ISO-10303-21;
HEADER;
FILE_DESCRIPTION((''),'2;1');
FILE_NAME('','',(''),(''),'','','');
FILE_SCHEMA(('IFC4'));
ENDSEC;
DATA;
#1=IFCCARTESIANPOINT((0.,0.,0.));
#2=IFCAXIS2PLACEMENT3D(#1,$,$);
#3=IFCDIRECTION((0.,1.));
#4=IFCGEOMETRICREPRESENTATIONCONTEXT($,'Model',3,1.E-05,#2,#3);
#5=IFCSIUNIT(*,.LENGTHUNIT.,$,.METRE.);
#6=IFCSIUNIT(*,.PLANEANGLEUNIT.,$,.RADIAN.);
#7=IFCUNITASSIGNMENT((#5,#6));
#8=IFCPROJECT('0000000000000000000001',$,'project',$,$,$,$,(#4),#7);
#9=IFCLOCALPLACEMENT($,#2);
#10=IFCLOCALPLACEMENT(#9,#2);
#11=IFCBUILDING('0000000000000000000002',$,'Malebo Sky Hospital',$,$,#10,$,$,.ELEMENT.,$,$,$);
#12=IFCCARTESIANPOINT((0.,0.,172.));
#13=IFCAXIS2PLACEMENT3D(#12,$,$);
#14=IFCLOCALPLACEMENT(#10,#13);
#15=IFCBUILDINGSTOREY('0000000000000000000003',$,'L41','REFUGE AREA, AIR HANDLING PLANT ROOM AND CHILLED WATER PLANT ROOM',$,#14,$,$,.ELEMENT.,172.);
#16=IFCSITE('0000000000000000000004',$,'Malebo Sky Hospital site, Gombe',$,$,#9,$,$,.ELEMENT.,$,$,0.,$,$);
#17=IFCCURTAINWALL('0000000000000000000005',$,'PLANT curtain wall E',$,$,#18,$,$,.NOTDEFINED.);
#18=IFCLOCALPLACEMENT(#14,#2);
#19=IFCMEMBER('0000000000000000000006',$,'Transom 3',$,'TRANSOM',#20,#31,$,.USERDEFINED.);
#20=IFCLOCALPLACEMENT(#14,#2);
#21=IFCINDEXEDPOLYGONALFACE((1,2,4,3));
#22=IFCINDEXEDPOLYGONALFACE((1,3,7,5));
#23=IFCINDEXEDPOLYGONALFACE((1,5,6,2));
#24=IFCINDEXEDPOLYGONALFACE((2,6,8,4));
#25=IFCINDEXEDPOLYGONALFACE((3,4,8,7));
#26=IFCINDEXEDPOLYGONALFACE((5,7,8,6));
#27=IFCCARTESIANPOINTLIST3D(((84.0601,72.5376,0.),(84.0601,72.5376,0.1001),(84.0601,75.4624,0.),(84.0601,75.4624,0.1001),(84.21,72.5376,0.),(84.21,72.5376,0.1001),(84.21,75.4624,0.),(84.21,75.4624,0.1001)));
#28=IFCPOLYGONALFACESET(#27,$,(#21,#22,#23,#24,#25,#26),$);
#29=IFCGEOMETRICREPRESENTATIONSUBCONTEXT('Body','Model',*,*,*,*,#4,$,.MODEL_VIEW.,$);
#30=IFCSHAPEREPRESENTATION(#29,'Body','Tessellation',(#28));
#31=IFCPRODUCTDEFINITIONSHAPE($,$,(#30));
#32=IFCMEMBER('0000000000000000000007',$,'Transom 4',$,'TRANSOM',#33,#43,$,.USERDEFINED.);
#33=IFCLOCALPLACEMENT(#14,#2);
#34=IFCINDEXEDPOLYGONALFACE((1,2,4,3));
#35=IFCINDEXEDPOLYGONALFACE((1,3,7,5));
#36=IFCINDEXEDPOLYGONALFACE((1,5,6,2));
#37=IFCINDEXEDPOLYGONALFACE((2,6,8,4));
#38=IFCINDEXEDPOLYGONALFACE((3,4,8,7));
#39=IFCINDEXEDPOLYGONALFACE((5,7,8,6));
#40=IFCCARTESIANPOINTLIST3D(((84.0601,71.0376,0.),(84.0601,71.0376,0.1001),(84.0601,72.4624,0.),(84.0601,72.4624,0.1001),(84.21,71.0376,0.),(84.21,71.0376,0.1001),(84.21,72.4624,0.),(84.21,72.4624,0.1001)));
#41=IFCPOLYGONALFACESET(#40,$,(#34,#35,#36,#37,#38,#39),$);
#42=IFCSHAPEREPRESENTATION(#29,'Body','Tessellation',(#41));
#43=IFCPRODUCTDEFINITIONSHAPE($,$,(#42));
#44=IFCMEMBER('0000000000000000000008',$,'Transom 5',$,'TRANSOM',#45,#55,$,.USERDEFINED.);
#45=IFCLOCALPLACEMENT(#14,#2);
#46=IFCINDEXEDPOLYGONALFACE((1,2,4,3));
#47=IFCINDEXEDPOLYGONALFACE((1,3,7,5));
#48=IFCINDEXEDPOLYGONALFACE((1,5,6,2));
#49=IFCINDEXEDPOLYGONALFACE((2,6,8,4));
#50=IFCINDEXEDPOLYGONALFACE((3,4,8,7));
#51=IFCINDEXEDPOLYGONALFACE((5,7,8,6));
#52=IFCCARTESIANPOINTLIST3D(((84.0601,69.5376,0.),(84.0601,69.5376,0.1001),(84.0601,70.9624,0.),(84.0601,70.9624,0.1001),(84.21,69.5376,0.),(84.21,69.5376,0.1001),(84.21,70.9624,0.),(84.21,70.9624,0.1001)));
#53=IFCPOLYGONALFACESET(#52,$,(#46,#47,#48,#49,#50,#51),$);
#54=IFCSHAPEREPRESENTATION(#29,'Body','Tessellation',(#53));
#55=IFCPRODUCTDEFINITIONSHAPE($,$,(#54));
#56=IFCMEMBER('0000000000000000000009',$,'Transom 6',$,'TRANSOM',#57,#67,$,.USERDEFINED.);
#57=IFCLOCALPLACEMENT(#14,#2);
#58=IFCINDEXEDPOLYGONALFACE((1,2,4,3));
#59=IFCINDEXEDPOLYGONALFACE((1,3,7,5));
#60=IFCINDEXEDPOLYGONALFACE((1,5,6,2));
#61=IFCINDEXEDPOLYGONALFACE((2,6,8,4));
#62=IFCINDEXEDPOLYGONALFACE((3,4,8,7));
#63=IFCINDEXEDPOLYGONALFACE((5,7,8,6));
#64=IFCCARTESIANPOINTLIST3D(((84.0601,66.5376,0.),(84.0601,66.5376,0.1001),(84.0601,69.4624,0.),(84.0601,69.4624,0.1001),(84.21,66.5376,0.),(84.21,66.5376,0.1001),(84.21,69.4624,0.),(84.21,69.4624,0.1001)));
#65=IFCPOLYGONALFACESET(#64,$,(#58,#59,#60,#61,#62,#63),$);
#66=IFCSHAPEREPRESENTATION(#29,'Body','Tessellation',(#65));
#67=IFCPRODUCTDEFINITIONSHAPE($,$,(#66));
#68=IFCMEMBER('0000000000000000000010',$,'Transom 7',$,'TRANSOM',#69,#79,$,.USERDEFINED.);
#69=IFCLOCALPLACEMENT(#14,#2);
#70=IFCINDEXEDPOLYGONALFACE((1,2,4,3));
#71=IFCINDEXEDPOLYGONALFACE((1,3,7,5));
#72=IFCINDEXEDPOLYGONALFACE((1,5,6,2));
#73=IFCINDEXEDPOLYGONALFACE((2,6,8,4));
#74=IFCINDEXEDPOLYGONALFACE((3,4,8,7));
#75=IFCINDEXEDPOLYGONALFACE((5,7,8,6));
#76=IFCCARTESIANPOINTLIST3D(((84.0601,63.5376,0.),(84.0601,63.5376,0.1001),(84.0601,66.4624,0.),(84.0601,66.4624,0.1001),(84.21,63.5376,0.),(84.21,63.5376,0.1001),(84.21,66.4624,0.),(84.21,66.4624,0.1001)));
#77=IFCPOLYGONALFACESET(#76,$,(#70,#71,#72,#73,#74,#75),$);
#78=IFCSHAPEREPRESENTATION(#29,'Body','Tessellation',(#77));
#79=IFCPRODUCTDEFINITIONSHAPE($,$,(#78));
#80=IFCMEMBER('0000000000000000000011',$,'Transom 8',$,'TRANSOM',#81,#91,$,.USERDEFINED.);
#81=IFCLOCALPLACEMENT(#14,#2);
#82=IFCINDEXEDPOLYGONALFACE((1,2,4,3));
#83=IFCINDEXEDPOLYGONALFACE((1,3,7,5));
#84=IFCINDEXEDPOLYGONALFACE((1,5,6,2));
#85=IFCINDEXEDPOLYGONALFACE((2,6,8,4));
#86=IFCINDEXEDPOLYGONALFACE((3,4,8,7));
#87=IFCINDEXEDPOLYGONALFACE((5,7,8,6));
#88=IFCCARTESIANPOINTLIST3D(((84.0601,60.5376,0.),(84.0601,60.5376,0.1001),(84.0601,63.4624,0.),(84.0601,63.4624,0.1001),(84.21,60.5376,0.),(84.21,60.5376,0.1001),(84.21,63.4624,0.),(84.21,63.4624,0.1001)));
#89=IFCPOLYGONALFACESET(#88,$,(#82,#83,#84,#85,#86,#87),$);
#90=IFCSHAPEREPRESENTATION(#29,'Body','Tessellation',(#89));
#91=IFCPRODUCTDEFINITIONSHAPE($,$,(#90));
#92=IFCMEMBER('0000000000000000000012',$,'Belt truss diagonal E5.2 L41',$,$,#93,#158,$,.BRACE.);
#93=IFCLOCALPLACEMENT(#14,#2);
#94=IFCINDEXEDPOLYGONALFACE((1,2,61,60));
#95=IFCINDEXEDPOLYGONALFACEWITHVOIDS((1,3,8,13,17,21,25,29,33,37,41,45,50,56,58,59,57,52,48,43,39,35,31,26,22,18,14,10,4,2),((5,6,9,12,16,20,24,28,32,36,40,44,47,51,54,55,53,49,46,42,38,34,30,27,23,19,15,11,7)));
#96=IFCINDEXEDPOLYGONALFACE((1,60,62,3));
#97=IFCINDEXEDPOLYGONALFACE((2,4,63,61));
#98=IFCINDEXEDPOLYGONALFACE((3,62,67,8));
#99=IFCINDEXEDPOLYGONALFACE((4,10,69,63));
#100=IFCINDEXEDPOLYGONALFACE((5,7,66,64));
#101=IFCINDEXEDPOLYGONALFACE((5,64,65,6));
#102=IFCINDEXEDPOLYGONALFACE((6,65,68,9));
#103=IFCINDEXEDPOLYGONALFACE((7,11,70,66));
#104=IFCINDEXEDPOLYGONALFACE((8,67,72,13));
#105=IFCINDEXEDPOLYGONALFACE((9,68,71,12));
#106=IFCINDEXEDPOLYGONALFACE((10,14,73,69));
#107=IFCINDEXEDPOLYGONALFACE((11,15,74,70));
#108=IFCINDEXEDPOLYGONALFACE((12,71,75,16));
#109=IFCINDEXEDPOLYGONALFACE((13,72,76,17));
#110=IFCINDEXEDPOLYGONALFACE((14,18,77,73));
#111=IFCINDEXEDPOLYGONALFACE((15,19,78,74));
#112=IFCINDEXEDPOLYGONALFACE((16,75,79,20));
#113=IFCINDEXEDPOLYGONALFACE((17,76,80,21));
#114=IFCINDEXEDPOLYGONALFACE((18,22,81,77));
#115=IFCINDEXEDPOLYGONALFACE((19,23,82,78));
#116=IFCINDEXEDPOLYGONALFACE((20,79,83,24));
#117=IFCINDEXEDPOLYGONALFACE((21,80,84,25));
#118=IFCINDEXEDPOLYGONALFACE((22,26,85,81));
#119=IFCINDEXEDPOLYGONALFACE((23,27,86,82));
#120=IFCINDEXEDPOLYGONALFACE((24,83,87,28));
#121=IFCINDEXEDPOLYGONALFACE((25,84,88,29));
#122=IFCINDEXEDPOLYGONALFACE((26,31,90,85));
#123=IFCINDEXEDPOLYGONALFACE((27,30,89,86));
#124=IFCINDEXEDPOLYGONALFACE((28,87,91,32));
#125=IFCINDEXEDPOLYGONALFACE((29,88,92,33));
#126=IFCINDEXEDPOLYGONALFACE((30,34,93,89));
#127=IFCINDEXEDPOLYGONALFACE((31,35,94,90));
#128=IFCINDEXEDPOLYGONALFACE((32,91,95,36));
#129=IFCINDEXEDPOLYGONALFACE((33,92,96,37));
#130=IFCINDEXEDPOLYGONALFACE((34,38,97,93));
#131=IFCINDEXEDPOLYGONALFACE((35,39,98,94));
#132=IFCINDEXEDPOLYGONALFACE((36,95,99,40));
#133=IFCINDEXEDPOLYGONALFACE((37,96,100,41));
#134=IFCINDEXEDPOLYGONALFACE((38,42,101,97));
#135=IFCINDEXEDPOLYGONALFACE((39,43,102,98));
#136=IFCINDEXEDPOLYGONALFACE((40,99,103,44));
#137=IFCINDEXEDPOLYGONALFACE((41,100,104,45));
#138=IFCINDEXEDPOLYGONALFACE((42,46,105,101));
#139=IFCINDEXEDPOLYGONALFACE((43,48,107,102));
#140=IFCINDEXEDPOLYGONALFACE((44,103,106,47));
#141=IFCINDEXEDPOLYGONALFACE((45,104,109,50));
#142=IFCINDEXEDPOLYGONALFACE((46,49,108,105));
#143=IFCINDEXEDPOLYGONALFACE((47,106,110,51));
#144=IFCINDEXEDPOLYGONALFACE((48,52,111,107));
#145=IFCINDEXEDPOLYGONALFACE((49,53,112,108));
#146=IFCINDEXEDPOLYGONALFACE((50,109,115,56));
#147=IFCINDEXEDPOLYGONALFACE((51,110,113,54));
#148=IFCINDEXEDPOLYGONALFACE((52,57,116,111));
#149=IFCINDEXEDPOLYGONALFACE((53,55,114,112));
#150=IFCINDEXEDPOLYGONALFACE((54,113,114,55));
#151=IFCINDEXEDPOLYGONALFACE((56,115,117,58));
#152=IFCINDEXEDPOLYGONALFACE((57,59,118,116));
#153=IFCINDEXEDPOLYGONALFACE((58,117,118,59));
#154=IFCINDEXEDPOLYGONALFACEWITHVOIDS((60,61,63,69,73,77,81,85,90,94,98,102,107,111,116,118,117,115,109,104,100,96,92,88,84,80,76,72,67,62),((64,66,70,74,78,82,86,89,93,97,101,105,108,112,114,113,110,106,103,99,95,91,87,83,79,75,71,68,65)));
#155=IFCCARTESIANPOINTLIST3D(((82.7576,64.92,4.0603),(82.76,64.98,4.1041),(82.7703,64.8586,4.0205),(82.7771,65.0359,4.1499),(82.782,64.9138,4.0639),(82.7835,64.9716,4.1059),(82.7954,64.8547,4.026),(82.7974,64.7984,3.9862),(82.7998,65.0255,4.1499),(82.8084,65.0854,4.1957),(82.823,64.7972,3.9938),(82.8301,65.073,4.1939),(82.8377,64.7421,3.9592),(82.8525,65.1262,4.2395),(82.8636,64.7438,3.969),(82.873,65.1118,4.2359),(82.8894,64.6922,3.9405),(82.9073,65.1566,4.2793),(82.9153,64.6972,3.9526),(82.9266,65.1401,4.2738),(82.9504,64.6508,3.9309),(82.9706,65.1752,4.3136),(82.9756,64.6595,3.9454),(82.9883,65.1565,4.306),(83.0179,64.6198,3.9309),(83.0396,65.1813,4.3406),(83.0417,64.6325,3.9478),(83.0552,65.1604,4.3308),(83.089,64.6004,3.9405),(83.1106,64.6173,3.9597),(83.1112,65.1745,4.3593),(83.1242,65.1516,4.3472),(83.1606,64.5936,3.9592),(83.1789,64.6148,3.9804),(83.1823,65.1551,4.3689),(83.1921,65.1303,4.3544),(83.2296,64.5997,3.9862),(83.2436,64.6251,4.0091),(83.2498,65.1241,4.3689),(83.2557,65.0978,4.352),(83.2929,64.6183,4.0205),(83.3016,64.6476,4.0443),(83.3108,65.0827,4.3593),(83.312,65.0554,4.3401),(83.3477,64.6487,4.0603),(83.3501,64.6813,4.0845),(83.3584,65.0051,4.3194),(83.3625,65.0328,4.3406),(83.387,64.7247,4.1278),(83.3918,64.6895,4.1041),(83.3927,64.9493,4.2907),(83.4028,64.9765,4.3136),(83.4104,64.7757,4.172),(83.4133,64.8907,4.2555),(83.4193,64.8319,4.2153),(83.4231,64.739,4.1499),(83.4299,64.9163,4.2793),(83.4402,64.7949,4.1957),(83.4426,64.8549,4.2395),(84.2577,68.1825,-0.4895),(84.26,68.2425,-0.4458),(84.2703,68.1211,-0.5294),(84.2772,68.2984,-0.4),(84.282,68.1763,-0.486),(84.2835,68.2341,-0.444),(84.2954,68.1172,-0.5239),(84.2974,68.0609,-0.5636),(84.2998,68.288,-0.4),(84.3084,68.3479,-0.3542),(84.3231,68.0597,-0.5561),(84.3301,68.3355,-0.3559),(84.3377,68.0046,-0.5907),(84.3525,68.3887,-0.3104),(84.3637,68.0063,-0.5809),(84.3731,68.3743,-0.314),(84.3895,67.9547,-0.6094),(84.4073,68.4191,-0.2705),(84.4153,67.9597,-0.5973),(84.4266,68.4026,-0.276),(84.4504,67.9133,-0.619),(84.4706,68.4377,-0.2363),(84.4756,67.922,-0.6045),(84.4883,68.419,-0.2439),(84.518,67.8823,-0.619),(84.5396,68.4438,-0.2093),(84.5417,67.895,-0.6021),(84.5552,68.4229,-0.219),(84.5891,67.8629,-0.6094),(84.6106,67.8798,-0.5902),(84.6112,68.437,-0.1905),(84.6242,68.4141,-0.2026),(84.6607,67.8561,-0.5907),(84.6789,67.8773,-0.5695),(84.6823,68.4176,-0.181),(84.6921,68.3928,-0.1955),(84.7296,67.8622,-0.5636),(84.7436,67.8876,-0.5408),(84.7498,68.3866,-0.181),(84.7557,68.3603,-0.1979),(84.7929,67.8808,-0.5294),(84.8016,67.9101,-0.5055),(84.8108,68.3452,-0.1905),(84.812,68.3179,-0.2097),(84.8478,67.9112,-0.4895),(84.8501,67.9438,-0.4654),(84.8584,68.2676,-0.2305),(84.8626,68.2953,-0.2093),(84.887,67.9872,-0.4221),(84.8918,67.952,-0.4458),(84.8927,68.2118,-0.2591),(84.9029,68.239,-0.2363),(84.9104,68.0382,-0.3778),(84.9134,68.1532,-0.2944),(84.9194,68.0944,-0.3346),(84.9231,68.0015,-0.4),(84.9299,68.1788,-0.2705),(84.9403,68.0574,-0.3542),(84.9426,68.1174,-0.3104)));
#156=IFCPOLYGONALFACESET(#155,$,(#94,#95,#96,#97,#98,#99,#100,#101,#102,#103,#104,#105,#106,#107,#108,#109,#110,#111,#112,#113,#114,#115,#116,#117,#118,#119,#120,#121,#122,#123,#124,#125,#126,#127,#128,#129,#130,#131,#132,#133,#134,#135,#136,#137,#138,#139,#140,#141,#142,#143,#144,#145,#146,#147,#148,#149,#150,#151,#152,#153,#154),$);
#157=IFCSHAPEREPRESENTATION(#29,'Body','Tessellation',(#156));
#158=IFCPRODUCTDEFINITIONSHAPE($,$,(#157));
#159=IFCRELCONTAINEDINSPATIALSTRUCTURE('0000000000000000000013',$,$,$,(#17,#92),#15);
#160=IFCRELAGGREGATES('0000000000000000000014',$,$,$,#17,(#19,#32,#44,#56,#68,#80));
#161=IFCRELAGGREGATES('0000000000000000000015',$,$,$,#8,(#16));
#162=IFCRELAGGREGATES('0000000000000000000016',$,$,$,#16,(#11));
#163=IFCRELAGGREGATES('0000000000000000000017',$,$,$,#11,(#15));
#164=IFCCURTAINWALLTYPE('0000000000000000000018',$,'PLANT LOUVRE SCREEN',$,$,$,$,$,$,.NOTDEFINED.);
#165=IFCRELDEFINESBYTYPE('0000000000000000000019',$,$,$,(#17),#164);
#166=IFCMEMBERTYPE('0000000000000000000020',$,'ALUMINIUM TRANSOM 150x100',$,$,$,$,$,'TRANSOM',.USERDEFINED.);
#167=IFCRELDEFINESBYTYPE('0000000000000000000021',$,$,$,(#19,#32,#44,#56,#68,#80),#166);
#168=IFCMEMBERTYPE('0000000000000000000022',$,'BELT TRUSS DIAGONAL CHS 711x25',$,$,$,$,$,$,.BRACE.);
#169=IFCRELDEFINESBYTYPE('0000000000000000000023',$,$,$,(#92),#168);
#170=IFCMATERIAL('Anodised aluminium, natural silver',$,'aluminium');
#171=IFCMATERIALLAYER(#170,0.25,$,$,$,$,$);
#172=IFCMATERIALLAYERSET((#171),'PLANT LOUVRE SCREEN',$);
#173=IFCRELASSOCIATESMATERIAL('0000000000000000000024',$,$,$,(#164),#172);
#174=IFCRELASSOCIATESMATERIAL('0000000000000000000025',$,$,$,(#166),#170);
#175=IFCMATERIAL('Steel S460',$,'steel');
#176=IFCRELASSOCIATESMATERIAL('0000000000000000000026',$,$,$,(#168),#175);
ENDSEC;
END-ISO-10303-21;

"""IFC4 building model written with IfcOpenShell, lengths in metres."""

from ifc_helpers import new_model, si_unit, direction, frame, origin, origin_2d, place, context, subcontext, project, spatial, rectangle, hollow_circle, extrude, material, layer, layer_set, material_profile, profile_set, type_object, element, aggregate, save


model = new_model("IFC4")

# Units and contexts
model_context = context("Model", 3, precision=1e-05, world=origin(), true_north=direction((0.0, 1.0)))
body_context = subcontext(model_context, "Body", "Model", "MODEL_VIEW")
ifc_project = project(units=[si_unit("LENGTHUNIT", "METRE"), si_unit("PLANEANGLEUNIT", "RADIAN")], contexts=[model_context])

# Site, building, storey
site_placement = place(None, origin())
site = spatial("IfcSite", under=ifc_project, at=site_placement, Name="Malebo Sky Hospital site, Gombe", CompositionType="ELEMENT", RefElevation=0.0)
building_placement = place(site_placement, origin())
building = spatial("IfcBuilding", under=site, at=building_placement, Name="Malebo Sky Hospital", CompositionType="ELEMENT")
storey_placement = place(building_placement, frame((0.0, 0.0, 172.0)))
storey = spatial("IfcBuildingStorey", under=building, at=storey_placement, Name="L41", Description="REFUGE AREA, AIR HANDLING PLANT ROOM AND CHILLED WATER PLANT ROOM", CompositionType="ELEMENT", Elevation=172.0)

# Curtain wall, members
ifc_material_1 = material(Name="Anodised aluminium, natural silver", Category="aluminium")
ifc_layer_1 = layer(ifc_material_1, 0.25)
ifc_layer_set_1 = layer_set([ifc_layer_1], Name="PLANT LOUVRE SCREEN")
curtain_wall_type = type_object("IfcCurtainWallType", Name="PLANT LOUVRE SCREEN", PredefinedType="NOTDEFINED", material=ifc_layer_set_1)
curtain_wall_placement = place(storey_placement, origin())
curtain_wall = element("IfcCurtainWall", 1, at=curtain_wall_placement, inside=storey, type_object=curtain_wall_type, Name="PLANT curtain wall E", PredefinedType="NOTDEFINED")
ifc_material_profile_1 = material_profile(ifc_material_1, rectangle(XDim=0.1499, YDim=0.1001, at=origin_2d()), Name="ALUMINIUM TRANSOM 150x100")
ifc_profile_set_1 = profile_set([ifc_material_profile_1], Name="Anodised aluminium, natural silver")
member_type_1 = type_object("IfcMemberType", Name="ALUMINIUM TRANSOM 150x100", ElementType="TRANSOM", PredefinedType="USERDEFINED", material=ifc_profile_set_1)
member_1_placement = place(storey_placement, frame((84.135, 75.4624, 0.05), z_axis=(0.0, -1.0, 0.0), x_axis=(1.0, 0.0, 0.0)))
member_1 = element("IfcMember", 2, at=member_1_placement, type_object=member_type_1, Name="Transom 3", ObjectType="TRANSOM", PredefinedType="USERDEFINED", context=body_context, shape_type="SweptSolid", body=[
    extrude(rectangle(XDim=0.1499, YDim=0.1001, at=origin_2d()), origin(), (0.0, 0.0, 1.0), 2.9248),
])
member_2_placement = place(storey_placement, frame((84.135, 72.4624, 0.05), z_axis=(0.0, -1.0, 0.0), x_axis=(1.0, 0.0, 0.0)))
member_2 = element("IfcMember", 3, at=member_2_placement, type_object=member_type_1, Name="Transom 4", ObjectType="TRANSOM", PredefinedType="USERDEFINED", context=body_context, shape_type="SweptSolid", body=[
    extrude(rectangle(XDim=0.1499, YDim=0.1001, at=origin_2d()), origin(), (0.0, 0.0, 1.0), 1.4248),
])
member_3_placement = place(storey_placement, frame((84.135, 70.9624, 0.05), z_axis=(0.0, -1.0, 0.0), x_axis=(1.0, 0.0, 0.0)))
member_3 = element("IfcMember", 4, at=member_3_placement, type_object=member_type_1, Name="Transom 5", ObjectType="TRANSOM", PredefinedType="USERDEFINED", context=body_context, shape_type="SweptSolid", body=[
    extrude(rectangle(XDim=0.1499, YDim=0.1001, at=origin_2d()), origin(), (0.0, 0.0, 1.0), 1.4248),
])
member_4_placement = place(storey_placement, frame((84.135, 69.4624, 0.05), z_axis=(0.0, -1.0, 0.0), x_axis=(1.0, 0.0, 0.0)))
member_4 = element("IfcMember", 5, at=member_4_placement, type_object=member_type_1, Name="Transom 6", ObjectType="TRANSOM", PredefinedType="USERDEFINED", context=body_context, shape_type="SweptSolid", body=[
    extrude(rectangle(XDim=0.1499, YDim=0.1001, at=origin_2d()), origin(), (0.0, 0.0, 1.0), 2.9248),
])
member_5_placement = place(storey_placement, frame((84.135, 66.4624, 0.05), z_axis=(0.0, -1.0, 0.0), x_axis=(1.0, 0.0, 0.0)))
member_5 = element("IfcMember", 6, at=member_5_placement, type_object=member_type_1, Name="Transom 7", ObjectType="TRANSOM", PredefinedType="USERDEFINED", context=body_context, shape_type="SweptSolid", body=[
    extrude(rectangle(XDim=0.1499, YDim=0.1001, at=origin_2d()), origin(), (0.0, 0.0, 1.0), 2.9248),
])
member_6_placement = place(storey_placement, frame((84.135, 63.4624, 0.05), z_axis=(0.0, -1.0, 0.0), x_axis=(1.0, 0.0, 0.0)))
member_6 = element("IfcMember", 7, at=member_6_placement, type_object=member_type_1, Name="Transom 8", ObjectType="TRANSOM", PredefinedType="USERDEFINED", context=body_context, shape_type="SweptSolid", body=[
    extrude(rectangle(XDim=0.1499, YDim=0.1001, at=origin_2d()), origin(), (0.0, 0.0, 1.0), 2.9248),
])

# Member
ifc_material_2 = material(Name="Steel S460", Category="steel")
ifc_material_profile_2 = material_profile(ifc_material_2, hollow_circle(Radius=0.3555, WallThickness=0.0249, at=origin_2d()), Name="CHS 711x25")
ifc_profile_set_2 = profile_set([ifc_material_profile_2], Name="Steel S460")
member_type_2 = type_object("IfcMemberType", Name="BELT TRUSS DIAGONAL CHS 711x25", PredefinedType="BRACE", material=ifc_profile_set_2)
member_7_placement = place(storey_placement, frame((83.1001, 64.8875, 4.1499), z_axis=(0.258796, 0.562874, -0.784982), x_axis=(-0.908567, 0.417738, 0.0)))
element("IfcMember", 8, at=member_7_placement, inside=storey, type_object=member_type_2, Name="Belt truss diagonal E5.2 L41", PredefinedType="BRACE", context=body_context, shape_type="SweptSolid", body=[
    extrude(hollow_circle(Radius=0.3555, WallThickness=0.0249, at=origin_2d()), origin(), (0.0, 0.0, 1.0), 5.7961),
])

aggregate(curtain_wall, [member_1, member_2, member_3, member_4, member_5, member_6])

save(model, "model.ifc")
